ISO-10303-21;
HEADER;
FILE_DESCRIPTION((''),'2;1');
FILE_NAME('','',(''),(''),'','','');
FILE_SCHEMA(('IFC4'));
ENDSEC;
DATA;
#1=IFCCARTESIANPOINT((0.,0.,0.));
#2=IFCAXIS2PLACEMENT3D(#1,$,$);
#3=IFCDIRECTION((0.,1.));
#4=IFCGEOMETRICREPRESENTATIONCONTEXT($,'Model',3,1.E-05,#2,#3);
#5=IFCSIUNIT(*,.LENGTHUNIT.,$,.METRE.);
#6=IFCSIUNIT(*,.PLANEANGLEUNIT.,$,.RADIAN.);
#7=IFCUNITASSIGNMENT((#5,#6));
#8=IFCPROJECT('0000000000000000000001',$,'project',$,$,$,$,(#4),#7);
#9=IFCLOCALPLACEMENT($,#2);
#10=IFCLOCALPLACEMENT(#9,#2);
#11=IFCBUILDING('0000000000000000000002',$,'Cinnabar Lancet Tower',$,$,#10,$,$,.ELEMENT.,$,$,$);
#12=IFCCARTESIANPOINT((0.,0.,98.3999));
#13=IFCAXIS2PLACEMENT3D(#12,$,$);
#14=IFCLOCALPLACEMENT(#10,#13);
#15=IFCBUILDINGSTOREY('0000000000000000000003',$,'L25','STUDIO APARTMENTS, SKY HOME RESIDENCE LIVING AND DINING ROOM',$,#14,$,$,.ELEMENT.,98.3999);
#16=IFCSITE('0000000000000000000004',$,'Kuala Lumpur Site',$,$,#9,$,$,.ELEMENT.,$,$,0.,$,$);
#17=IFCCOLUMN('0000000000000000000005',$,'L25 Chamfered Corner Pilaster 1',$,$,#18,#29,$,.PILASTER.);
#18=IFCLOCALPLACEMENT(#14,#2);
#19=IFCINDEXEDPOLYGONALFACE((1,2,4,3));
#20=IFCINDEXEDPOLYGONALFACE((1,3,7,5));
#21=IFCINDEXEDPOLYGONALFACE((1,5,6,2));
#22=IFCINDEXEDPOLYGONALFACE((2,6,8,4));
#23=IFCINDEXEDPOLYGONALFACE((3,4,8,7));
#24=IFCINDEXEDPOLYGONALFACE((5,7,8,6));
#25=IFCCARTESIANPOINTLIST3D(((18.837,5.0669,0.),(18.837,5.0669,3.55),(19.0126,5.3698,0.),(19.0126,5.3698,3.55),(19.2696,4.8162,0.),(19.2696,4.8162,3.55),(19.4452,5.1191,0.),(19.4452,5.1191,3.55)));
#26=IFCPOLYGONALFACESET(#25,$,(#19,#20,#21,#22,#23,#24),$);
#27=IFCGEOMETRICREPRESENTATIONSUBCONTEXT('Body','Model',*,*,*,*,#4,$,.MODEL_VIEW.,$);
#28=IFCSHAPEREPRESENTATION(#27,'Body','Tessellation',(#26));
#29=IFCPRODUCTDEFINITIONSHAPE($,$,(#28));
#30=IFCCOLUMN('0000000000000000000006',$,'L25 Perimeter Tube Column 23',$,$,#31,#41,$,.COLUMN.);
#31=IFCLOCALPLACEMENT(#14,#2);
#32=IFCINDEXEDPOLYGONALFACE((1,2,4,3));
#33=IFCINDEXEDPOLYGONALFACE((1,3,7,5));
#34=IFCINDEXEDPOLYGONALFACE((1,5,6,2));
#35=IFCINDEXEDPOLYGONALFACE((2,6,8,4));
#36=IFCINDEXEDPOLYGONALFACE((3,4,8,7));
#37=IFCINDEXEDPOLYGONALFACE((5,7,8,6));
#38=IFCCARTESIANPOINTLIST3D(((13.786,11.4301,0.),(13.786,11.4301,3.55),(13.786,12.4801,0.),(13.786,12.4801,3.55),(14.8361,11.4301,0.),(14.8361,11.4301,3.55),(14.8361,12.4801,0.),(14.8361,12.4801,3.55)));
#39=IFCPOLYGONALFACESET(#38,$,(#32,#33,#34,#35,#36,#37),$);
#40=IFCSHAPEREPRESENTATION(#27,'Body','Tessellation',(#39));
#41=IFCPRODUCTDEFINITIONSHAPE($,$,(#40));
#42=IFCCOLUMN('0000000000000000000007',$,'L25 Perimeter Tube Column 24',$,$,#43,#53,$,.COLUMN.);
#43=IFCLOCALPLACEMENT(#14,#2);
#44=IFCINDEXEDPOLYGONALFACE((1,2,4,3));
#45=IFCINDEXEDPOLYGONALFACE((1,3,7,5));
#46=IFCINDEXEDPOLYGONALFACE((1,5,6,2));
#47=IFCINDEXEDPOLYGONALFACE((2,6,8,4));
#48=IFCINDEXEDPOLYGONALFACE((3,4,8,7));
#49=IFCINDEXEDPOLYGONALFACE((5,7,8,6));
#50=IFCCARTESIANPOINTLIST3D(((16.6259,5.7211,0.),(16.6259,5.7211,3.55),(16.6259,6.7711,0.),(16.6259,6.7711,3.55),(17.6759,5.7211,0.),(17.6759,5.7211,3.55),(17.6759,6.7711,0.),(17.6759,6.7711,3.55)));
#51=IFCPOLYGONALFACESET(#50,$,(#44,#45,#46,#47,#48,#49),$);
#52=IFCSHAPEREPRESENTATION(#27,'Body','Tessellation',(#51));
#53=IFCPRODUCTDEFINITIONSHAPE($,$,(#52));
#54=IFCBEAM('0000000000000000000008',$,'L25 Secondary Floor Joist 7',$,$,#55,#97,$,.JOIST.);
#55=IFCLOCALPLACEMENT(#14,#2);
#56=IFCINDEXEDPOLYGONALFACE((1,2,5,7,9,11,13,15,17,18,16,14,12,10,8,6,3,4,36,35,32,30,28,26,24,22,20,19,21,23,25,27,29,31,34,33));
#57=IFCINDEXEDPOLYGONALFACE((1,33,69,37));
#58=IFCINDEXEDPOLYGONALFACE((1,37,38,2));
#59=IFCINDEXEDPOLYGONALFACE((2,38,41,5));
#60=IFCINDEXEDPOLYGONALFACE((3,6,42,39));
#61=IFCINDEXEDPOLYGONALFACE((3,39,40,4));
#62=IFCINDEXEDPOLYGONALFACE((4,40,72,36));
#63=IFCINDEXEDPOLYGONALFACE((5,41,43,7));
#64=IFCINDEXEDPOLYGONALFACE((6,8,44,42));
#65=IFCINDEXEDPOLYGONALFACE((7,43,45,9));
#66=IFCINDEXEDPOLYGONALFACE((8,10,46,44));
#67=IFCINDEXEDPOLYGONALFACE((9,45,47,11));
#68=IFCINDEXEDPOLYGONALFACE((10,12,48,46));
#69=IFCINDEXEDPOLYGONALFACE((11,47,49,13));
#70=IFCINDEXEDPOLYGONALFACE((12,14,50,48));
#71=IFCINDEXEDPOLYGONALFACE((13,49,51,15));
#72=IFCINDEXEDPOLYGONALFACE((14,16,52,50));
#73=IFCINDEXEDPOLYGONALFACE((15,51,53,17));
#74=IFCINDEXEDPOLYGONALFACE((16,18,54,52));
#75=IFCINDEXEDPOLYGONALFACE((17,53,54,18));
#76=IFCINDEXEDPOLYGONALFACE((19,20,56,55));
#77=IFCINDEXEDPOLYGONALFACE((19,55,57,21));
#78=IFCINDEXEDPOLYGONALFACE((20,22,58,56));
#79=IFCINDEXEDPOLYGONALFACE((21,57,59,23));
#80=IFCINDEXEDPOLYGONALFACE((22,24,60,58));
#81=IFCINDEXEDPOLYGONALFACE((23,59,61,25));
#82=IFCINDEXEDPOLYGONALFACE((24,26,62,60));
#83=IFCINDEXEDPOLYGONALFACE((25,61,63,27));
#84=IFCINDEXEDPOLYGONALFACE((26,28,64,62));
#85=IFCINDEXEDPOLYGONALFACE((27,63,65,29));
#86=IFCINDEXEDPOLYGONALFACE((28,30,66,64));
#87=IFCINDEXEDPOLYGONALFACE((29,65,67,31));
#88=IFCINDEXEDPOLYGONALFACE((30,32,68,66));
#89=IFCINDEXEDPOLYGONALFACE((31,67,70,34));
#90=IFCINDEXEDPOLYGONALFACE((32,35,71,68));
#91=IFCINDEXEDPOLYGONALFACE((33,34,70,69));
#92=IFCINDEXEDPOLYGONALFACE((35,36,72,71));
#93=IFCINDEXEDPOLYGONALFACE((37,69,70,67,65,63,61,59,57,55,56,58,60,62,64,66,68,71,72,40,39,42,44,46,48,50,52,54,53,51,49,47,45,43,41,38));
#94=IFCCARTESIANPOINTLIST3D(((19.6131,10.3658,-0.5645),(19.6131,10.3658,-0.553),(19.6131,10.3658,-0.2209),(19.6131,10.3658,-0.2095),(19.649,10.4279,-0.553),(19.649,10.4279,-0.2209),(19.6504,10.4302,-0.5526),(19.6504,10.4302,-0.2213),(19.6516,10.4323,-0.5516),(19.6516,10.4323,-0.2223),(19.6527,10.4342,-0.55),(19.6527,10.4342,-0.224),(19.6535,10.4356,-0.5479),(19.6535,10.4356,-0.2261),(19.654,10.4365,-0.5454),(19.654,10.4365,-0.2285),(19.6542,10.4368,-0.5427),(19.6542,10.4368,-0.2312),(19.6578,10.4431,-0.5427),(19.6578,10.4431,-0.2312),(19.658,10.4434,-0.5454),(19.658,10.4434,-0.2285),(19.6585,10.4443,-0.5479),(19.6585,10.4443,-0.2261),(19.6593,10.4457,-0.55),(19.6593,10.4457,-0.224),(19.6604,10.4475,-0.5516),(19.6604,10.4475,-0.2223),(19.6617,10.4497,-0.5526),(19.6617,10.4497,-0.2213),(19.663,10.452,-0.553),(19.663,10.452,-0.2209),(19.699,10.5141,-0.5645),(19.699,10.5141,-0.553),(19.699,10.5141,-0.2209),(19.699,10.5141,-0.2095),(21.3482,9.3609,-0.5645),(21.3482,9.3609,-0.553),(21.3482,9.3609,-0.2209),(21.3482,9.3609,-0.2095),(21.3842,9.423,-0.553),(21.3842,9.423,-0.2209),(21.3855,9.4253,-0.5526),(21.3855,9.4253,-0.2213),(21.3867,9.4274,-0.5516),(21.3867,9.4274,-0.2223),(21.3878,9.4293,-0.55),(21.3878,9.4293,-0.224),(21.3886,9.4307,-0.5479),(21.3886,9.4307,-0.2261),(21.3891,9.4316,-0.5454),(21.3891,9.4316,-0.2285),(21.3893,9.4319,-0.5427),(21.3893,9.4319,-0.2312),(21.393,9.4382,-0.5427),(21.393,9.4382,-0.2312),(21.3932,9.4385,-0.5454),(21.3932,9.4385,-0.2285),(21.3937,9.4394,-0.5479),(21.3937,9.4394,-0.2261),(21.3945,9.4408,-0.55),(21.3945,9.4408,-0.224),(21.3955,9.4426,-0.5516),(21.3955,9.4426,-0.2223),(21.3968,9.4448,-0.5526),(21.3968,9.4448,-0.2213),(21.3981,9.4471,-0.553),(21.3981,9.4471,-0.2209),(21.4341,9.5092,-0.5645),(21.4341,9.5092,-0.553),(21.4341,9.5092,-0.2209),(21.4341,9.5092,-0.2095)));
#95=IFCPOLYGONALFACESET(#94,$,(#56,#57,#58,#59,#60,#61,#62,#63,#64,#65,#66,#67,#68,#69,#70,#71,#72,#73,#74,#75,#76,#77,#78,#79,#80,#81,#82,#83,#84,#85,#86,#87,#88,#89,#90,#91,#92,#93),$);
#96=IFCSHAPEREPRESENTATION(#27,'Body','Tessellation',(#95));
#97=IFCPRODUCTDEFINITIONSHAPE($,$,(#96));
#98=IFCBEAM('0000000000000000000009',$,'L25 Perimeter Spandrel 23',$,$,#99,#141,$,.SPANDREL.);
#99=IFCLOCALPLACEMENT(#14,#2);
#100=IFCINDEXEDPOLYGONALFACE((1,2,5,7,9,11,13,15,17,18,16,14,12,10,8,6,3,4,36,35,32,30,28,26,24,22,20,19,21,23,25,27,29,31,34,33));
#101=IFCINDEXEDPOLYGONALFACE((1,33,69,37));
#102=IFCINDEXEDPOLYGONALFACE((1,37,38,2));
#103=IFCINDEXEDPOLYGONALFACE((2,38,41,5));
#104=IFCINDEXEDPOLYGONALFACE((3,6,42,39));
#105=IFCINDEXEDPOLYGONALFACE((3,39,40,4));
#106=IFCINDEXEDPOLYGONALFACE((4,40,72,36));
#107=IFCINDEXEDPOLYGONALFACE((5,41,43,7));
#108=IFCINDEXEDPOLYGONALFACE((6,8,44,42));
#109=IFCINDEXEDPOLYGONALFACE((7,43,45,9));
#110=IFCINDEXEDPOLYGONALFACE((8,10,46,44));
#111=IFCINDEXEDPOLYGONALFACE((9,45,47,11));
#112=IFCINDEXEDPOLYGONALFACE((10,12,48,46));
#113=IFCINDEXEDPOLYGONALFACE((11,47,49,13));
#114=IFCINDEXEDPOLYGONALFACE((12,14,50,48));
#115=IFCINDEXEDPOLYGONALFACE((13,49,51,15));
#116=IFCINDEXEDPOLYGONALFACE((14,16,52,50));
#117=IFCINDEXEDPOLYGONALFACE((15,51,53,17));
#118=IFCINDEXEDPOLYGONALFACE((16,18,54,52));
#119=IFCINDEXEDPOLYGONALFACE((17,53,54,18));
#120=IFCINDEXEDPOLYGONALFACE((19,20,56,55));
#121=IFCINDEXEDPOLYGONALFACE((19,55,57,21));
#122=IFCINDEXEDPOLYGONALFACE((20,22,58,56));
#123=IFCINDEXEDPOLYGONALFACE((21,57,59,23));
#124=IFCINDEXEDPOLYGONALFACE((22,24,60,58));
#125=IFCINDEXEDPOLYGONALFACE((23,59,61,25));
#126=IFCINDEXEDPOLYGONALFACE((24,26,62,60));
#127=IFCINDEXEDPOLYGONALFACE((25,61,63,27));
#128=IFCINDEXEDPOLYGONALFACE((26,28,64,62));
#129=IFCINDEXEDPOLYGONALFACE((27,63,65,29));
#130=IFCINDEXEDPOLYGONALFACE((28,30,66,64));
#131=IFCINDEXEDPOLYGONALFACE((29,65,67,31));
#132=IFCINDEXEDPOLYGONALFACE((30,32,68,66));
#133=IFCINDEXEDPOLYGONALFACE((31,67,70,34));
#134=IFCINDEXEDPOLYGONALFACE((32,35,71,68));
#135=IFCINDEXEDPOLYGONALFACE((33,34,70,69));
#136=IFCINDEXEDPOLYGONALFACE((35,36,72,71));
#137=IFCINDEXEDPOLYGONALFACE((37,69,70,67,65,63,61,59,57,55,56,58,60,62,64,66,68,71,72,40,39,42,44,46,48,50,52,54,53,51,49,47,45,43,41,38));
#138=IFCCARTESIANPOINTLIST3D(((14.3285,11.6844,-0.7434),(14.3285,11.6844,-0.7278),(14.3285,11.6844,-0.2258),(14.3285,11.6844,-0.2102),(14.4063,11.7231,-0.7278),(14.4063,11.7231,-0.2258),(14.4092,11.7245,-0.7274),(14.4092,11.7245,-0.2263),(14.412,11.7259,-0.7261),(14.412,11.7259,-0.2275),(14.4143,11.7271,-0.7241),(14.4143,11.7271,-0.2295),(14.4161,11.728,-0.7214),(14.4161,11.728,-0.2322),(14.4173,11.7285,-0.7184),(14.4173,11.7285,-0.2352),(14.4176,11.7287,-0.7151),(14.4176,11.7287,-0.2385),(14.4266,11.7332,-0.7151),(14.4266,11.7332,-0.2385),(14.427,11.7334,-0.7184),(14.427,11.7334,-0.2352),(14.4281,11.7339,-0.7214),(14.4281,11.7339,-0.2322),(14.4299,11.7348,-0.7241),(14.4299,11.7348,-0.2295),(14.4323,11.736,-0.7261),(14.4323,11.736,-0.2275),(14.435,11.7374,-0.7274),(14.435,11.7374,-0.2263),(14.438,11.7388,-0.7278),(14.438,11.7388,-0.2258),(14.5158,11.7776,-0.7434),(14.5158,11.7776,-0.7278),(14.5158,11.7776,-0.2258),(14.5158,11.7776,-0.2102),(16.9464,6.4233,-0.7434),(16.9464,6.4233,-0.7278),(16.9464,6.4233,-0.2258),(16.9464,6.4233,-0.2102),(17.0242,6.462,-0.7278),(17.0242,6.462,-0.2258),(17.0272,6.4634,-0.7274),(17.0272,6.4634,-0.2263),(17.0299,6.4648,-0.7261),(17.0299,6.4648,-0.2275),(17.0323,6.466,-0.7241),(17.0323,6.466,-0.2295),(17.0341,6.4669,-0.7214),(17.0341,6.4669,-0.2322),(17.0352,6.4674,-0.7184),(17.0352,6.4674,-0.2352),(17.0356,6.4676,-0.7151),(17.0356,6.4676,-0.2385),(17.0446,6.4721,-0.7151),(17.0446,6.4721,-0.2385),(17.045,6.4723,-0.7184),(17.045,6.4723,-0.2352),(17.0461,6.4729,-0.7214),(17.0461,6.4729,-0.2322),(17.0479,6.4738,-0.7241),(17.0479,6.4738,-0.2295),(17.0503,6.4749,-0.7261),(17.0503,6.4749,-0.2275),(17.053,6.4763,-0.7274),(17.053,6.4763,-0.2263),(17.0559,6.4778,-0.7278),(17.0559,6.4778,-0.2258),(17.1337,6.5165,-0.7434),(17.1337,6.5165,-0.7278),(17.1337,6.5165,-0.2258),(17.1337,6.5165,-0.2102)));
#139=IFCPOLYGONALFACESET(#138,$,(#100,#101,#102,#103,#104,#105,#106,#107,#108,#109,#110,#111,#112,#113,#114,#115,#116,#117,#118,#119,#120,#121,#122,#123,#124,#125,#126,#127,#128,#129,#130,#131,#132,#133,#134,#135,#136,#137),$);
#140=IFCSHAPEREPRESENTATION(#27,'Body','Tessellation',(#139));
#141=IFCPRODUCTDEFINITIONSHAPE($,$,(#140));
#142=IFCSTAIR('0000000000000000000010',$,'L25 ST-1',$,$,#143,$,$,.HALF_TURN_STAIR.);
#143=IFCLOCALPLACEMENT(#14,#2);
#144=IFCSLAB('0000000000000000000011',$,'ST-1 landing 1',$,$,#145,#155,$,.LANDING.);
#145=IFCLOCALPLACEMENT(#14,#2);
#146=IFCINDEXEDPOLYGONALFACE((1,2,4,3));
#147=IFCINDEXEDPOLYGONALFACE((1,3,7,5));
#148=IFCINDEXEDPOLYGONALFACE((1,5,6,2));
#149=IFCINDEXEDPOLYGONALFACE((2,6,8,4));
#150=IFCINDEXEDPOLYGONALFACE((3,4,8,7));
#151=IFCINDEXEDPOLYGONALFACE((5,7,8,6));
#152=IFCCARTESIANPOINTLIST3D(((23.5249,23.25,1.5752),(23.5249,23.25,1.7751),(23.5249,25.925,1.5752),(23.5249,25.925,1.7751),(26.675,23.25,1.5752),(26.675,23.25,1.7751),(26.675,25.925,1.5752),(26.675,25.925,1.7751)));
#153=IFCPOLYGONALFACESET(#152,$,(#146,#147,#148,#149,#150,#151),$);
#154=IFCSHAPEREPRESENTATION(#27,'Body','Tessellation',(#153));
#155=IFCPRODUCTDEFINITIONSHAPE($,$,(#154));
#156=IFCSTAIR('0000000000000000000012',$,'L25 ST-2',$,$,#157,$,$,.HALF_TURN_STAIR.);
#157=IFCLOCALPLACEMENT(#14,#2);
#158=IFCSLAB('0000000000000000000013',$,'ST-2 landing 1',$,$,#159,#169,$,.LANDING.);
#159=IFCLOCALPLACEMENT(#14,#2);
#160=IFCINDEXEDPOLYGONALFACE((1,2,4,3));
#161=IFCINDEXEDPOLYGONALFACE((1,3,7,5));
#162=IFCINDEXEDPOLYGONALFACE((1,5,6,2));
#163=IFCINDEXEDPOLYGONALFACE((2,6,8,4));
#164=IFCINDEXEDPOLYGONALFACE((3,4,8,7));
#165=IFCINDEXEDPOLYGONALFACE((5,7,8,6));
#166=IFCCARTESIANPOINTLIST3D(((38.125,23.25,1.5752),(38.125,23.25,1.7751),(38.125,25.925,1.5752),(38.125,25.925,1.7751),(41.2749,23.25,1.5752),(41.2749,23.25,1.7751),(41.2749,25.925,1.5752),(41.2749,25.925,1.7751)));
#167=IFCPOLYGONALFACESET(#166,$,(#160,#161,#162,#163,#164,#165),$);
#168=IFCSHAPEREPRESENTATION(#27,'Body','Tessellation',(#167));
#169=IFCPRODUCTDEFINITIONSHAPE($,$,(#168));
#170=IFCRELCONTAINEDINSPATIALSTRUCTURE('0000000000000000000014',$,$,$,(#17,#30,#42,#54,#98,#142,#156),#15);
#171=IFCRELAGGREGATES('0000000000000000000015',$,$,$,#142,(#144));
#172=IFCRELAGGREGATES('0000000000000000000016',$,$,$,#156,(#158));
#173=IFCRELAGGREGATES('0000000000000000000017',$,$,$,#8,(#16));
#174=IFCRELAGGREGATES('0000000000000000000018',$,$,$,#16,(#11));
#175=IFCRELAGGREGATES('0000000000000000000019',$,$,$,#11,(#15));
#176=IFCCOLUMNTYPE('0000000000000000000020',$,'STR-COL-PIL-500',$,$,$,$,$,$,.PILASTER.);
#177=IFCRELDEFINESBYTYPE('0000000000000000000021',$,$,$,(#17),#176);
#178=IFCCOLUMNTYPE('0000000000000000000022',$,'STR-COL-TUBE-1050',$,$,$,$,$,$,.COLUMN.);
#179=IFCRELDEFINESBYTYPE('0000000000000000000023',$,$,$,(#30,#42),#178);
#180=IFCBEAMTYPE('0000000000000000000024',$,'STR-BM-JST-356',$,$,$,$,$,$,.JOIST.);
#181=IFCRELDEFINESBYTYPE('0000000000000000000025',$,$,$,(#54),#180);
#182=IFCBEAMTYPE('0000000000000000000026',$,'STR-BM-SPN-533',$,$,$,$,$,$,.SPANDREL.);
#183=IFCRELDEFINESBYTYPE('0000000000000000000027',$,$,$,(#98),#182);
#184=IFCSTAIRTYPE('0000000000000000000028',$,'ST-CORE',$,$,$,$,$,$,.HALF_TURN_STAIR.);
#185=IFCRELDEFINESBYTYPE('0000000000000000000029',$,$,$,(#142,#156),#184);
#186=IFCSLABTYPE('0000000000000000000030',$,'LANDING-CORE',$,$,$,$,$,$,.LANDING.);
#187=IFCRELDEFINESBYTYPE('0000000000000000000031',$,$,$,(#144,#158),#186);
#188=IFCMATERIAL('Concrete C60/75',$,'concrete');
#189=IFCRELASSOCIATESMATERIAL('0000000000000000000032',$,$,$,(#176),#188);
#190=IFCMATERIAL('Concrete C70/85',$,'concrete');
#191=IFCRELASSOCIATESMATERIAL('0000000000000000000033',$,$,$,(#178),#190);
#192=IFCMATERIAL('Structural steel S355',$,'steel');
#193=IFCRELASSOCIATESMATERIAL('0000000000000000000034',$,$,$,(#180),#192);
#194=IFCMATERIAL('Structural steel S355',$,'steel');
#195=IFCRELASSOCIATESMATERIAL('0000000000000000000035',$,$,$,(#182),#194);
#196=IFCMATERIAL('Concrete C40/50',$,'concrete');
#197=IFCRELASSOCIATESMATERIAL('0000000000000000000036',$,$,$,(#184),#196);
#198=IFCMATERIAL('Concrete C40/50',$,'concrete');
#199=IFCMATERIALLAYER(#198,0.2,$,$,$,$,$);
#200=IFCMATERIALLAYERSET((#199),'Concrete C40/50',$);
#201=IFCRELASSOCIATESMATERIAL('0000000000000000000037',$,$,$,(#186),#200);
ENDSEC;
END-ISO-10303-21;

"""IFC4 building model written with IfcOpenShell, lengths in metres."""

from ifc_helpers import new_model, si_unit, direction, frame, origin, origin_2d, place, context, subcontext, project, spatial, polyline, rectangle, i_section, outline, extrude, material, layer, layer_set, material_profile, profile_set, type_object, element, aggregate, save


model = new_model("IFC4")

# Units and contexts
model_context = context("Model", 3, precision=1e-05, world=origin(), true_north=direction((0.0, 1.0)))
body_context = subcontext(model_context, "Body", "Model", "MODEL_VIEW")
ifc_project = project(units=[si_unit("LENGTHUNIT", "METRE"), si_unit("PLANEANGLEUNIT", "RADIAN")], contexts=[model_context])

# Site, building, storey
site_placement = place(None, origin())
site = spatial("IfcSite", under=ifc_project, at=site_placement, Name="Kuala Lumpur Site", CompositionType="ELEMENT", RefElevation=0.0)
building_placement = place(site_placement, origin())
building = spatial("IfcBuilding", under=site, at=building_placement, Name="Cinnabar Lancet Tower", CompositionType="ELEMENT")
storey_placement = place(building_placement, frame((0.0, 0.0, 98.3999)))
storey = spatial("IfcBuildingStorey", under=building, at=storey_placement, Name="L25", Description="STUDIO APARTMENTS, SKY HOME RESIDENCE LIVING AND DINING ROOM", CompositionType="ELEMENT", Elevation=98.3999)

# Columns
ifc_material_1 = material(Name="Concrete C60/75", Category="concrete")
ifc_material_profile_1 = material_profile(ifc_material_1, rectangle(XDim=0.5, YDim=0.3501, at=origin_2d()), Name="RC-PIL 500x350")
ifc_profile_set_1 = profile_set([ifc_material_profile_1], Name="Concrete C60/75")
column_type_1 = type_object("IfcColumnType", Name="STR-COL-PIL-500", PredefinedType="PILASTER", material=ifc_profile_set_1)
column_placement = place(storey_placement, frame((19.1411, 5.093, 0.0), z_axis=(0.0, 0.0, 1.0), x_axis=(0.86516, -0.501496, 0.0)))
element("IfcColumn", 1, at=column_placement, inside=storey, type_object=column_type_1, Name="L25 Chamfered Corner Pilaster 1", PredefinedType="PILASTER", context=body_context, shape_type="SweptSolid", body=[
    extrude(rectangle(XDim=0.5, YDim=0.3501, at=origin_2d()), origin(), (0.0, 0.0, 1.0), 3.55),
])
ifc_material_2 = material(Name="Concrete C70/85", Category="concrete")
ifc_material_profile_2 = material_profile(ifc_material_2, rectangle(XDim=1.05, YDim=1.05, at=origin_2d()), Name="RC-COL 1050x1050")
ifc_profile_set_2 = profile_set([ifc_material_profile_2], Name="Concrete C70/85")
column_type_2 = type_object("IfcColumnType", Name="STR-COL-TUBE-1050", PredefinedType="COLUMN", material=ifc_profile_set_2)
for number, where, z_axis, x_axis, name in (
    (2, (14.311, 11.9551, 0.0), (0.0, 0.0, 1.0), (1.0, 0.0, 0.0), "L25 Perimeter Tube Column 23"),
    (3, (17.1509, 6.2461, 0.0), (0.0, 0.0, 1.0), (1.0, 0.0, 0.0), "L25 Perimeter Tube Column 24"),
):
    element("IfcColumn", number, at=place(storey_placement, frame(where, z_axis=z_axis, x_axis=x_axis)), inside=storey, type_object=column_type_2, Name=name, PredefinedType="COLUMN", context=body_context, shape_type="SweptSolid", body=[
        extrude(rectangle(XDim=1.05, YDim=1.05, at=origin_2d()), origin(), (0.0, 0.0, 1.0), 3.55),
    ])

# Beams
ifc_material_3 = material(Name="Structural steel S355", Category="steel")
ifc_material_profile_3 = material_profile(ifc_material_3, i_section(OverallWidth=0.1714, OverallDepth=0.355, WebThickness=0.0073, FlangeThickness=0.0115, FilletRadius=0.0103, at=origin_2d()), Name="UKB 356x171x51")
ifc_profile_set_3 = profile_set([ifc_material_profile_3], Name="Structural steel S355")
beam_type_1 = type_object("IfcBeamType", Name="STR-BM-JST-356", PredefinedType="JOIST", material=ifc_profile_set_3)
beam_1_placement = place(storey_placement, frame((19.656, 10.4399, -0.387), z_axis=(0.865351, -0.501166, 0.0), x_axis=(0.501166, 0.865351, 0.0)))
element("IfcBeam", 4, at=beam_1_placement, inside=storey, type_object=beam_type_1, Name="L25 Secondary Floor Joist 7", PredefinedType="JOIST", context=body_context, shape_type="SweptSolid", body=[
    extrude(i_section(OverallWidth=0.1714, OverallDepth=0.355, WebThickness=0.0073, FlangeThickness=0.0115, FilletRadius=0.0103, at=origin_2d()), origin(), (0.0, 0.0, 1.0), 2.0051),
])
ifc_material_4 = material(Name="Structural steel S355", Category="steel")
ifc_material_profile_4 = material_profile(ifc_material_4, i_section(OverallWidth=0.2092, OverallDepth=0.5332, WebThickness=0.01, FlangeThickness=0.0156, FilletRadius=0.0127, at=origin_2d()), Name="UKB 533x210x92")
ifc_profile_set_4 = profile_set([ifc_material_profile_4], Name="Structural steel S355")
beam_type_2 = type_object("IfcBeamType", Name="STR-BM-SPN-533", PredefinedType="SPANDREL", material=ifc_profile_set_4)
beam_2_placement = place(storey_placement, frame((14.4221, 11.731, -0.4768), z_axis=(0.445501, -0.895281, 0.0), x_axis=(0.895281, 0.445501, 0.0)))
element("IfcBeam", 5, at=beam_2_placement, inside=storey, type_object=beam_type_2, Name="L25 Perimeter Spandrel 23", PredefinedType="SPANDREL", context=body_context, shape_type="SweptSolid", body=[
    extrude(i_section(OverallWidth=0.2092, OverallDepth=0.5332, WebThickness=0.01, FlangeThickness=0.0156, FilletRadius=0.0127, at=origin_2d()), origin(), (0.0, 0.0, 1.0), 5.8765),
])

# Stairs, slabs
ifc_material_5 = material(Name="Concrete C40/50", Category="concrete")
stair_type = type_object("IfcStairType", Name="ST-CORE", PredefinedType="HALF_TURN_STAIR", material=ifc_material_5)
stair_1_placement = place(storey_placement, origin())
stair_1 = element("IfcStair", 6, at=stair_1_placement, inside=storey, type_object=stair_type, Name="L25 ST-1", PredefinedType="HALF_TURN_STAIR")
ifc_material_6 = material(Name="Concrete C40/50", Category="concrete")
ifc_layer_1 = layer(ifc_material_6, 0.2)
ifc_layer_set_1 = layer_set([ifc_layer_1], Name="Concrete C40/50")
slab_type_1 = type_object("IfcSlabType", Name="LANDING-CORE", PredefinedType="LANDING", material=ifc_layer_set_1)
slab_1_placement = place(storey_placement, frame((0.0, 0.0, 1.5752)))
slab_1 = element("IfcSlab", 7, at=slab_1_placement, type_object=slab_type_1, Name="ST-1 landing 1", PredefinedType="LANDING", context=body_context, shape_type="SweptSolid", body=[
    extrude(outline(polyline([(23.5249, 25.925), (23.5249, 23.25), (26.675, 23.25), (26.675, 25.925), (23.5249, 25.925)])), origin(), (0.0, 0.0, 1.0), 0.2),
])
aggregate(stair_1, [slab_1])
stair_2_placement = place(storey_placement, origin())
stair_2 = element("IfcStair", 8, at=stair_2_placement, inside=storey, type_object=stair_type, Name="L25 ST-2", PredefinedType="HALF_TURN_STAIR")
slab_2_placement = place(storey_placement, frame((0.0, 0.0, 1.5752)))
slab_2 = element("IfcSlab", 9, at=slab_2_placement, type_object=slab_type_1, Name="ST-2 landing 1", PredefinedType="LANDING", context=body_context, shape_type="SweptSolid", body=[
    extrude(outline(polyline([(38.125, 25.925), (38.125, 23.25), (41.2749, 23.25), (41.2749, 25.925), (38.125, 25.925)])), origin(), (0.0, 0.0, 1.0), 0.2),
])
aggregate(stair_2, [slab_2])

save(model, "model.ifc")
